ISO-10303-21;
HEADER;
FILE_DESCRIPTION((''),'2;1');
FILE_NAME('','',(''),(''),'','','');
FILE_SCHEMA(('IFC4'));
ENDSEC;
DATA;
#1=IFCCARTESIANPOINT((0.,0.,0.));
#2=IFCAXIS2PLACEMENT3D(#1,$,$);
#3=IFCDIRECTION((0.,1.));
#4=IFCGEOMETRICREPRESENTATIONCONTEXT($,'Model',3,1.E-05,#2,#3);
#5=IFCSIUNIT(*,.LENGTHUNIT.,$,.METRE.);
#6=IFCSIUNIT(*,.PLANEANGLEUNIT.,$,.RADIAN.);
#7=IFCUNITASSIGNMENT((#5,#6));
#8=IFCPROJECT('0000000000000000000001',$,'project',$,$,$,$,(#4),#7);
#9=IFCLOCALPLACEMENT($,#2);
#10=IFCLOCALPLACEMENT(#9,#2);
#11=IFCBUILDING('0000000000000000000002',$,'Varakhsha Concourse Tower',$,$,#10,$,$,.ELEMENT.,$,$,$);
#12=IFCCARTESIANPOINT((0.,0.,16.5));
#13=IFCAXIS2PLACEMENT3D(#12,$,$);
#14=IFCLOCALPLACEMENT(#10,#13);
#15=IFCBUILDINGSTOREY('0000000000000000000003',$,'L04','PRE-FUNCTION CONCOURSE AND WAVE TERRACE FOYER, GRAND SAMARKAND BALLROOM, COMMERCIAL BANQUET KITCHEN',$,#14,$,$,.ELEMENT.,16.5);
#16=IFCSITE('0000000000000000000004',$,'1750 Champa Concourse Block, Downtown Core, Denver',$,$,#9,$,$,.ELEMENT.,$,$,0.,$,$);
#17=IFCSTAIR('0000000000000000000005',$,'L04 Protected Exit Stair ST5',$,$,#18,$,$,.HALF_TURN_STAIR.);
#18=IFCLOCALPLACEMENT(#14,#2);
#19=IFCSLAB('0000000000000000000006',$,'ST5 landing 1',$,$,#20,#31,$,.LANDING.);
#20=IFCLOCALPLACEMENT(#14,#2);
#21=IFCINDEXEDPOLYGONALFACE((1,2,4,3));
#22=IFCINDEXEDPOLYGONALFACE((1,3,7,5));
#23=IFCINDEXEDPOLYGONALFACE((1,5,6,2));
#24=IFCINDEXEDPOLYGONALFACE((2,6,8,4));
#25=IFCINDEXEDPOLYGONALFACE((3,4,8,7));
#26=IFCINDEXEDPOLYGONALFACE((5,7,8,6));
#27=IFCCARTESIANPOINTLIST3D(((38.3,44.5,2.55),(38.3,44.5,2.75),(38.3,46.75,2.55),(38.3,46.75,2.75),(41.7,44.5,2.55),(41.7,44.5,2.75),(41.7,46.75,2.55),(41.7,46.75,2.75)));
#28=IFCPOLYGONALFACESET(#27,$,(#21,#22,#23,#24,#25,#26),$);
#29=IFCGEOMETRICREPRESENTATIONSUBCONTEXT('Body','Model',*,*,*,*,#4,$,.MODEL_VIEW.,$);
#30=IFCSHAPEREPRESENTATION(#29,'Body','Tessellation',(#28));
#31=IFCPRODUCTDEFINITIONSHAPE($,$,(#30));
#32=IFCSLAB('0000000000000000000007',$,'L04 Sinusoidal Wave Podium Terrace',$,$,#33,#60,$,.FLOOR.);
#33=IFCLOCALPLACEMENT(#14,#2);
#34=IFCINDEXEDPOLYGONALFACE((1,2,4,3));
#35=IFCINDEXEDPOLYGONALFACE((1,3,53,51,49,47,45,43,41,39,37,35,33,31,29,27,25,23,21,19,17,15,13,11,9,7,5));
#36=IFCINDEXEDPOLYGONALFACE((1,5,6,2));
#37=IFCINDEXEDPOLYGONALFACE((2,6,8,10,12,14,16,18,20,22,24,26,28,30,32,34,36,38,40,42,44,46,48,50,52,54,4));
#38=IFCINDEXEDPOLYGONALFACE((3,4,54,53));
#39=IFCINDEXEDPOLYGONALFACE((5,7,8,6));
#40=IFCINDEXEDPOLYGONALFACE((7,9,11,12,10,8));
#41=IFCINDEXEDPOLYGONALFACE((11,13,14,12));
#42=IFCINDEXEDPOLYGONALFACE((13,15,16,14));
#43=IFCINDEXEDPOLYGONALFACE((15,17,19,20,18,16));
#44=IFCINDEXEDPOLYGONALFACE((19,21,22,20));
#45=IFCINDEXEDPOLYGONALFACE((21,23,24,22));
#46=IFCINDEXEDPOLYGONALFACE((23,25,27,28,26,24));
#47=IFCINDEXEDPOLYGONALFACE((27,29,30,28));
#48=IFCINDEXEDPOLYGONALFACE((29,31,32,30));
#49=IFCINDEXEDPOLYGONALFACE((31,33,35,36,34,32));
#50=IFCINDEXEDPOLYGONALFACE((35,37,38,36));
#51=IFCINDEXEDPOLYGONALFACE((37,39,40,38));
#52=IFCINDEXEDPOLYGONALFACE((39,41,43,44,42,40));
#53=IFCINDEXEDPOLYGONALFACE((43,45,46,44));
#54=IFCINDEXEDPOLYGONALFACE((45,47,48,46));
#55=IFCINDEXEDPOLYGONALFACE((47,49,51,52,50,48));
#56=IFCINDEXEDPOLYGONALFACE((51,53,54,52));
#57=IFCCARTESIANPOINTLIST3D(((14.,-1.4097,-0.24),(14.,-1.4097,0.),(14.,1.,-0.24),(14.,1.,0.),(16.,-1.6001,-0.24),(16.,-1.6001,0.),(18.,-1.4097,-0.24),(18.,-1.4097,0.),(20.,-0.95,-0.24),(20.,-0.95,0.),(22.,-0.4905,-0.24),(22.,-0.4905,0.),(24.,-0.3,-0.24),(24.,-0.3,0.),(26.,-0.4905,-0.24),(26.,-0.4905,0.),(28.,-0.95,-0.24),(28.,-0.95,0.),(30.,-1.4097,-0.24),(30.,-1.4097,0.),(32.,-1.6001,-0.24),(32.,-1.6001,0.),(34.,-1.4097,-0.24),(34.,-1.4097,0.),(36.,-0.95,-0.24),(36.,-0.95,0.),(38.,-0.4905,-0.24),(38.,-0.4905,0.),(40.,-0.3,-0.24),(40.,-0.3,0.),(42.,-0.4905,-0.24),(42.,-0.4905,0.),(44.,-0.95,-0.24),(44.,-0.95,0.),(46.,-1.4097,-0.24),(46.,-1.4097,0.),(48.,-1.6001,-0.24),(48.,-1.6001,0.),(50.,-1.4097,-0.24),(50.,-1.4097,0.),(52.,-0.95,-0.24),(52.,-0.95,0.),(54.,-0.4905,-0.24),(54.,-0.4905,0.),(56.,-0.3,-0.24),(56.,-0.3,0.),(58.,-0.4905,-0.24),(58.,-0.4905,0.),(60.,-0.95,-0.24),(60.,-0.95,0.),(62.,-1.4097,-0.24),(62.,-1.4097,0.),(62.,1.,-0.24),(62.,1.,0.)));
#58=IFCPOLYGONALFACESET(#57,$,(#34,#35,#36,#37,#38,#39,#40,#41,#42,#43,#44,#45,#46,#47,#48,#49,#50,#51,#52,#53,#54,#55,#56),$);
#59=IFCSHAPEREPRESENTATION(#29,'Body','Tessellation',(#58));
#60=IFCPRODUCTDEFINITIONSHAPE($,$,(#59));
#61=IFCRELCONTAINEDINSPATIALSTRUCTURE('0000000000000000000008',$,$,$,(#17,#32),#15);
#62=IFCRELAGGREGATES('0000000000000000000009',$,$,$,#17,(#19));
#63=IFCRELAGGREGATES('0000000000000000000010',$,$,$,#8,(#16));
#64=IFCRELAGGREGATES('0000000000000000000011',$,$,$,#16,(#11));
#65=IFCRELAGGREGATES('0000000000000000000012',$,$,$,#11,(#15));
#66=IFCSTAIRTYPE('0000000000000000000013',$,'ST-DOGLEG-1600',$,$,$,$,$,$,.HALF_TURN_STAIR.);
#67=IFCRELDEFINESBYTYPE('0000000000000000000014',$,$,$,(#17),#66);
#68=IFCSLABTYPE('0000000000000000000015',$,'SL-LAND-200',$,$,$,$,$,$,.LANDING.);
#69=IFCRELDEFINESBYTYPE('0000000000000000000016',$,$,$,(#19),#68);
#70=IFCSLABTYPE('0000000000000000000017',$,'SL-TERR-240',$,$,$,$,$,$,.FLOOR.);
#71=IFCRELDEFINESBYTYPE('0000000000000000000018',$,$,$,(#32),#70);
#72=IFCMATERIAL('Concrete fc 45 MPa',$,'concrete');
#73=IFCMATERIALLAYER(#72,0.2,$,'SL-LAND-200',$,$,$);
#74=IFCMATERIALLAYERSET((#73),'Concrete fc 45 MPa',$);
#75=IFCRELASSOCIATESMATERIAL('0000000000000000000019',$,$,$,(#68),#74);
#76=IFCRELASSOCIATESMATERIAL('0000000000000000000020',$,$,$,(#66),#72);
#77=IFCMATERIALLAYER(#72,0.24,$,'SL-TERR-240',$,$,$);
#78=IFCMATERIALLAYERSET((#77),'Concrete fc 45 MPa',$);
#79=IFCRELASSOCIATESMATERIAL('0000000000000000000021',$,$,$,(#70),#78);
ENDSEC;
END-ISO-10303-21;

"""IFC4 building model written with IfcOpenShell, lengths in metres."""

from ifc_helpers import new_model, si_unit, direction, frame, origin, place, context, subcontext, project, spatial, polyline, outline, extrude, material, layer, layer_set, type_object, element, aggregate, save


model = new_model("IFC4")

# Units and contexts
model_context = context("Model", 3, precision=1e-05, world=origin(), true_north=direction((0.0, 1.0)))
body_context = subcontext(model_context, "Body", "Model", "MODEL_VIEW")
ifc_project = project(units=[si_unit("LENGTHUNIT", "METRE"), si_unit("PLANEANGLEUNIT", "RADIAN")], contexts=[model_context])

# Site, building, storey
site_placement = place(None, origin())
site = spatial("IfcSite", under=ifc_project, at=site_placement, Name="1750 Champa Concourse Block, Downtown Core, Denver", CompositionType="ELEMENT", RefElevation=0.0)
building_placement = place(site_placement, origin())
building = spatial("IfcBuilding", under=site, at=building_placement, Name="Varakhsha Concourse Tower", CompositionType="ELEMENT")
storey_placement = place(building_placement, frame((0.0, 0.0, 16.5)))
storey = spatial("IfcBuildingStorey", under=building, at=storey_placement, Name="L04", Description="PRE-FUNCTION CONCOURSE AND WAVE TERRACE FOYER, GRAND SAMARKAND BALLROOM, COMMERCIAL BANQUET KITCHEN", CompositionType="ELEMENT", Elevation=16.5)

# Shared definitions
ifc_material_1 = material(Name="Concrete fc 45 MPa", Category="concrete")

# Stair, slab
ifc_layer_1 = layer(ifc_material_1, 0.2, Name="SL-LAND-200")
ifc_layer_set_1 = layer_set([ifc_layer_1], Name="Concrete fc 45 MPa")
slab_type_1 = type_object("IfcSlabType", Name="SL-LAND-200", PredefinedType="LANDING", material=ifc_layer_set_1)
stair_type_1 = type_object("IfcStairType", Name="ST-DOGLEG-1600", PredefinedType="HALF_TURN_STAIR", material=ifc_material_1)
stair_1_placement = place(storey_placement, origin())
stair_1 = element("IfcStair", 1, at=stair_1_placement, inside=storey, type_object=stair_type_1, Name="L04 Protected Exit Stair ST5", PredefinedType="HALF_TURN_STAIR")
slab_1_placement = place(storey_placement, frame((0.0, 0.0, 2.55)))
slab_1 = element("IfcSlab", 2, at=slab_1_placement, type_object=slab_type_1, Name="ST5 landing 1", PredefinedType="LANDING", context=body_context, shape_type="SweptSolid", body=[
    extrude(outline(polyline([(41.7, 44.5), (41.7, 46.75), (38.3, 46.75), (38.3, 44.5), (41.7, 44.5)])), origin(), (0.0, 0.0, 1.0), 0.2),
])
aggregate(stair_1, [slab_1])

# Slab
ifc_layer_2 = layer(ifc_material_1, 0.24, Name="SL-TERR-240")
ifc_layer_set_2 = layer_set([ifc_layer_2], Name="Concrete fc 45 MPa")
slab_type_2 = type_object("IfcSlabType", Name="SL-TERR-240", PredefinedType="FLOOR", material=ifc_layer_set_2)
slab_2_placement = place(storey_placement, frame((0.0, 0.0, -0.24)))
element("IfcSlab", 3, at=slab_2_placement, inside=storey, type_object=slab_type_2, Name="L04 Sinusoidal Wave Podium Terrace", PredefinedType="FLOOR", context=body_context, shape_type="SweptSolid", body=[
    extrude(outline(polyline([(14.0, 1.0), (62.0, 1.0), (62.0, -1.4097), (60.0, -0.95), (58.0, -0.4905), (56.0, -0.3), (54.0, -0.4905), (52.0, -0.95), (50.0, -1.4097), (48.0, -1.6001), (46.0, -1.4097), (44.0, -0.95), (42.0, -0.4905), (40.0, -0.3), (38.0, -0.4905), (36.0, -0.95), (34.0, -1.4097), (32.0, -1.6001), (30.0, -1.4097), (28.0, -0.95), (26.0, -0.4905), (24.0, -0.3), (22.0, -0.4905), (20.0, -0.95), (18.0, -1.4097), (16.0, -1.6001), (14.0, -1.4097), (14.0, 1.0)])), origin(), (0.0, 0.0, 1.0), 0.24),
])

save(model, "model.ifc")
